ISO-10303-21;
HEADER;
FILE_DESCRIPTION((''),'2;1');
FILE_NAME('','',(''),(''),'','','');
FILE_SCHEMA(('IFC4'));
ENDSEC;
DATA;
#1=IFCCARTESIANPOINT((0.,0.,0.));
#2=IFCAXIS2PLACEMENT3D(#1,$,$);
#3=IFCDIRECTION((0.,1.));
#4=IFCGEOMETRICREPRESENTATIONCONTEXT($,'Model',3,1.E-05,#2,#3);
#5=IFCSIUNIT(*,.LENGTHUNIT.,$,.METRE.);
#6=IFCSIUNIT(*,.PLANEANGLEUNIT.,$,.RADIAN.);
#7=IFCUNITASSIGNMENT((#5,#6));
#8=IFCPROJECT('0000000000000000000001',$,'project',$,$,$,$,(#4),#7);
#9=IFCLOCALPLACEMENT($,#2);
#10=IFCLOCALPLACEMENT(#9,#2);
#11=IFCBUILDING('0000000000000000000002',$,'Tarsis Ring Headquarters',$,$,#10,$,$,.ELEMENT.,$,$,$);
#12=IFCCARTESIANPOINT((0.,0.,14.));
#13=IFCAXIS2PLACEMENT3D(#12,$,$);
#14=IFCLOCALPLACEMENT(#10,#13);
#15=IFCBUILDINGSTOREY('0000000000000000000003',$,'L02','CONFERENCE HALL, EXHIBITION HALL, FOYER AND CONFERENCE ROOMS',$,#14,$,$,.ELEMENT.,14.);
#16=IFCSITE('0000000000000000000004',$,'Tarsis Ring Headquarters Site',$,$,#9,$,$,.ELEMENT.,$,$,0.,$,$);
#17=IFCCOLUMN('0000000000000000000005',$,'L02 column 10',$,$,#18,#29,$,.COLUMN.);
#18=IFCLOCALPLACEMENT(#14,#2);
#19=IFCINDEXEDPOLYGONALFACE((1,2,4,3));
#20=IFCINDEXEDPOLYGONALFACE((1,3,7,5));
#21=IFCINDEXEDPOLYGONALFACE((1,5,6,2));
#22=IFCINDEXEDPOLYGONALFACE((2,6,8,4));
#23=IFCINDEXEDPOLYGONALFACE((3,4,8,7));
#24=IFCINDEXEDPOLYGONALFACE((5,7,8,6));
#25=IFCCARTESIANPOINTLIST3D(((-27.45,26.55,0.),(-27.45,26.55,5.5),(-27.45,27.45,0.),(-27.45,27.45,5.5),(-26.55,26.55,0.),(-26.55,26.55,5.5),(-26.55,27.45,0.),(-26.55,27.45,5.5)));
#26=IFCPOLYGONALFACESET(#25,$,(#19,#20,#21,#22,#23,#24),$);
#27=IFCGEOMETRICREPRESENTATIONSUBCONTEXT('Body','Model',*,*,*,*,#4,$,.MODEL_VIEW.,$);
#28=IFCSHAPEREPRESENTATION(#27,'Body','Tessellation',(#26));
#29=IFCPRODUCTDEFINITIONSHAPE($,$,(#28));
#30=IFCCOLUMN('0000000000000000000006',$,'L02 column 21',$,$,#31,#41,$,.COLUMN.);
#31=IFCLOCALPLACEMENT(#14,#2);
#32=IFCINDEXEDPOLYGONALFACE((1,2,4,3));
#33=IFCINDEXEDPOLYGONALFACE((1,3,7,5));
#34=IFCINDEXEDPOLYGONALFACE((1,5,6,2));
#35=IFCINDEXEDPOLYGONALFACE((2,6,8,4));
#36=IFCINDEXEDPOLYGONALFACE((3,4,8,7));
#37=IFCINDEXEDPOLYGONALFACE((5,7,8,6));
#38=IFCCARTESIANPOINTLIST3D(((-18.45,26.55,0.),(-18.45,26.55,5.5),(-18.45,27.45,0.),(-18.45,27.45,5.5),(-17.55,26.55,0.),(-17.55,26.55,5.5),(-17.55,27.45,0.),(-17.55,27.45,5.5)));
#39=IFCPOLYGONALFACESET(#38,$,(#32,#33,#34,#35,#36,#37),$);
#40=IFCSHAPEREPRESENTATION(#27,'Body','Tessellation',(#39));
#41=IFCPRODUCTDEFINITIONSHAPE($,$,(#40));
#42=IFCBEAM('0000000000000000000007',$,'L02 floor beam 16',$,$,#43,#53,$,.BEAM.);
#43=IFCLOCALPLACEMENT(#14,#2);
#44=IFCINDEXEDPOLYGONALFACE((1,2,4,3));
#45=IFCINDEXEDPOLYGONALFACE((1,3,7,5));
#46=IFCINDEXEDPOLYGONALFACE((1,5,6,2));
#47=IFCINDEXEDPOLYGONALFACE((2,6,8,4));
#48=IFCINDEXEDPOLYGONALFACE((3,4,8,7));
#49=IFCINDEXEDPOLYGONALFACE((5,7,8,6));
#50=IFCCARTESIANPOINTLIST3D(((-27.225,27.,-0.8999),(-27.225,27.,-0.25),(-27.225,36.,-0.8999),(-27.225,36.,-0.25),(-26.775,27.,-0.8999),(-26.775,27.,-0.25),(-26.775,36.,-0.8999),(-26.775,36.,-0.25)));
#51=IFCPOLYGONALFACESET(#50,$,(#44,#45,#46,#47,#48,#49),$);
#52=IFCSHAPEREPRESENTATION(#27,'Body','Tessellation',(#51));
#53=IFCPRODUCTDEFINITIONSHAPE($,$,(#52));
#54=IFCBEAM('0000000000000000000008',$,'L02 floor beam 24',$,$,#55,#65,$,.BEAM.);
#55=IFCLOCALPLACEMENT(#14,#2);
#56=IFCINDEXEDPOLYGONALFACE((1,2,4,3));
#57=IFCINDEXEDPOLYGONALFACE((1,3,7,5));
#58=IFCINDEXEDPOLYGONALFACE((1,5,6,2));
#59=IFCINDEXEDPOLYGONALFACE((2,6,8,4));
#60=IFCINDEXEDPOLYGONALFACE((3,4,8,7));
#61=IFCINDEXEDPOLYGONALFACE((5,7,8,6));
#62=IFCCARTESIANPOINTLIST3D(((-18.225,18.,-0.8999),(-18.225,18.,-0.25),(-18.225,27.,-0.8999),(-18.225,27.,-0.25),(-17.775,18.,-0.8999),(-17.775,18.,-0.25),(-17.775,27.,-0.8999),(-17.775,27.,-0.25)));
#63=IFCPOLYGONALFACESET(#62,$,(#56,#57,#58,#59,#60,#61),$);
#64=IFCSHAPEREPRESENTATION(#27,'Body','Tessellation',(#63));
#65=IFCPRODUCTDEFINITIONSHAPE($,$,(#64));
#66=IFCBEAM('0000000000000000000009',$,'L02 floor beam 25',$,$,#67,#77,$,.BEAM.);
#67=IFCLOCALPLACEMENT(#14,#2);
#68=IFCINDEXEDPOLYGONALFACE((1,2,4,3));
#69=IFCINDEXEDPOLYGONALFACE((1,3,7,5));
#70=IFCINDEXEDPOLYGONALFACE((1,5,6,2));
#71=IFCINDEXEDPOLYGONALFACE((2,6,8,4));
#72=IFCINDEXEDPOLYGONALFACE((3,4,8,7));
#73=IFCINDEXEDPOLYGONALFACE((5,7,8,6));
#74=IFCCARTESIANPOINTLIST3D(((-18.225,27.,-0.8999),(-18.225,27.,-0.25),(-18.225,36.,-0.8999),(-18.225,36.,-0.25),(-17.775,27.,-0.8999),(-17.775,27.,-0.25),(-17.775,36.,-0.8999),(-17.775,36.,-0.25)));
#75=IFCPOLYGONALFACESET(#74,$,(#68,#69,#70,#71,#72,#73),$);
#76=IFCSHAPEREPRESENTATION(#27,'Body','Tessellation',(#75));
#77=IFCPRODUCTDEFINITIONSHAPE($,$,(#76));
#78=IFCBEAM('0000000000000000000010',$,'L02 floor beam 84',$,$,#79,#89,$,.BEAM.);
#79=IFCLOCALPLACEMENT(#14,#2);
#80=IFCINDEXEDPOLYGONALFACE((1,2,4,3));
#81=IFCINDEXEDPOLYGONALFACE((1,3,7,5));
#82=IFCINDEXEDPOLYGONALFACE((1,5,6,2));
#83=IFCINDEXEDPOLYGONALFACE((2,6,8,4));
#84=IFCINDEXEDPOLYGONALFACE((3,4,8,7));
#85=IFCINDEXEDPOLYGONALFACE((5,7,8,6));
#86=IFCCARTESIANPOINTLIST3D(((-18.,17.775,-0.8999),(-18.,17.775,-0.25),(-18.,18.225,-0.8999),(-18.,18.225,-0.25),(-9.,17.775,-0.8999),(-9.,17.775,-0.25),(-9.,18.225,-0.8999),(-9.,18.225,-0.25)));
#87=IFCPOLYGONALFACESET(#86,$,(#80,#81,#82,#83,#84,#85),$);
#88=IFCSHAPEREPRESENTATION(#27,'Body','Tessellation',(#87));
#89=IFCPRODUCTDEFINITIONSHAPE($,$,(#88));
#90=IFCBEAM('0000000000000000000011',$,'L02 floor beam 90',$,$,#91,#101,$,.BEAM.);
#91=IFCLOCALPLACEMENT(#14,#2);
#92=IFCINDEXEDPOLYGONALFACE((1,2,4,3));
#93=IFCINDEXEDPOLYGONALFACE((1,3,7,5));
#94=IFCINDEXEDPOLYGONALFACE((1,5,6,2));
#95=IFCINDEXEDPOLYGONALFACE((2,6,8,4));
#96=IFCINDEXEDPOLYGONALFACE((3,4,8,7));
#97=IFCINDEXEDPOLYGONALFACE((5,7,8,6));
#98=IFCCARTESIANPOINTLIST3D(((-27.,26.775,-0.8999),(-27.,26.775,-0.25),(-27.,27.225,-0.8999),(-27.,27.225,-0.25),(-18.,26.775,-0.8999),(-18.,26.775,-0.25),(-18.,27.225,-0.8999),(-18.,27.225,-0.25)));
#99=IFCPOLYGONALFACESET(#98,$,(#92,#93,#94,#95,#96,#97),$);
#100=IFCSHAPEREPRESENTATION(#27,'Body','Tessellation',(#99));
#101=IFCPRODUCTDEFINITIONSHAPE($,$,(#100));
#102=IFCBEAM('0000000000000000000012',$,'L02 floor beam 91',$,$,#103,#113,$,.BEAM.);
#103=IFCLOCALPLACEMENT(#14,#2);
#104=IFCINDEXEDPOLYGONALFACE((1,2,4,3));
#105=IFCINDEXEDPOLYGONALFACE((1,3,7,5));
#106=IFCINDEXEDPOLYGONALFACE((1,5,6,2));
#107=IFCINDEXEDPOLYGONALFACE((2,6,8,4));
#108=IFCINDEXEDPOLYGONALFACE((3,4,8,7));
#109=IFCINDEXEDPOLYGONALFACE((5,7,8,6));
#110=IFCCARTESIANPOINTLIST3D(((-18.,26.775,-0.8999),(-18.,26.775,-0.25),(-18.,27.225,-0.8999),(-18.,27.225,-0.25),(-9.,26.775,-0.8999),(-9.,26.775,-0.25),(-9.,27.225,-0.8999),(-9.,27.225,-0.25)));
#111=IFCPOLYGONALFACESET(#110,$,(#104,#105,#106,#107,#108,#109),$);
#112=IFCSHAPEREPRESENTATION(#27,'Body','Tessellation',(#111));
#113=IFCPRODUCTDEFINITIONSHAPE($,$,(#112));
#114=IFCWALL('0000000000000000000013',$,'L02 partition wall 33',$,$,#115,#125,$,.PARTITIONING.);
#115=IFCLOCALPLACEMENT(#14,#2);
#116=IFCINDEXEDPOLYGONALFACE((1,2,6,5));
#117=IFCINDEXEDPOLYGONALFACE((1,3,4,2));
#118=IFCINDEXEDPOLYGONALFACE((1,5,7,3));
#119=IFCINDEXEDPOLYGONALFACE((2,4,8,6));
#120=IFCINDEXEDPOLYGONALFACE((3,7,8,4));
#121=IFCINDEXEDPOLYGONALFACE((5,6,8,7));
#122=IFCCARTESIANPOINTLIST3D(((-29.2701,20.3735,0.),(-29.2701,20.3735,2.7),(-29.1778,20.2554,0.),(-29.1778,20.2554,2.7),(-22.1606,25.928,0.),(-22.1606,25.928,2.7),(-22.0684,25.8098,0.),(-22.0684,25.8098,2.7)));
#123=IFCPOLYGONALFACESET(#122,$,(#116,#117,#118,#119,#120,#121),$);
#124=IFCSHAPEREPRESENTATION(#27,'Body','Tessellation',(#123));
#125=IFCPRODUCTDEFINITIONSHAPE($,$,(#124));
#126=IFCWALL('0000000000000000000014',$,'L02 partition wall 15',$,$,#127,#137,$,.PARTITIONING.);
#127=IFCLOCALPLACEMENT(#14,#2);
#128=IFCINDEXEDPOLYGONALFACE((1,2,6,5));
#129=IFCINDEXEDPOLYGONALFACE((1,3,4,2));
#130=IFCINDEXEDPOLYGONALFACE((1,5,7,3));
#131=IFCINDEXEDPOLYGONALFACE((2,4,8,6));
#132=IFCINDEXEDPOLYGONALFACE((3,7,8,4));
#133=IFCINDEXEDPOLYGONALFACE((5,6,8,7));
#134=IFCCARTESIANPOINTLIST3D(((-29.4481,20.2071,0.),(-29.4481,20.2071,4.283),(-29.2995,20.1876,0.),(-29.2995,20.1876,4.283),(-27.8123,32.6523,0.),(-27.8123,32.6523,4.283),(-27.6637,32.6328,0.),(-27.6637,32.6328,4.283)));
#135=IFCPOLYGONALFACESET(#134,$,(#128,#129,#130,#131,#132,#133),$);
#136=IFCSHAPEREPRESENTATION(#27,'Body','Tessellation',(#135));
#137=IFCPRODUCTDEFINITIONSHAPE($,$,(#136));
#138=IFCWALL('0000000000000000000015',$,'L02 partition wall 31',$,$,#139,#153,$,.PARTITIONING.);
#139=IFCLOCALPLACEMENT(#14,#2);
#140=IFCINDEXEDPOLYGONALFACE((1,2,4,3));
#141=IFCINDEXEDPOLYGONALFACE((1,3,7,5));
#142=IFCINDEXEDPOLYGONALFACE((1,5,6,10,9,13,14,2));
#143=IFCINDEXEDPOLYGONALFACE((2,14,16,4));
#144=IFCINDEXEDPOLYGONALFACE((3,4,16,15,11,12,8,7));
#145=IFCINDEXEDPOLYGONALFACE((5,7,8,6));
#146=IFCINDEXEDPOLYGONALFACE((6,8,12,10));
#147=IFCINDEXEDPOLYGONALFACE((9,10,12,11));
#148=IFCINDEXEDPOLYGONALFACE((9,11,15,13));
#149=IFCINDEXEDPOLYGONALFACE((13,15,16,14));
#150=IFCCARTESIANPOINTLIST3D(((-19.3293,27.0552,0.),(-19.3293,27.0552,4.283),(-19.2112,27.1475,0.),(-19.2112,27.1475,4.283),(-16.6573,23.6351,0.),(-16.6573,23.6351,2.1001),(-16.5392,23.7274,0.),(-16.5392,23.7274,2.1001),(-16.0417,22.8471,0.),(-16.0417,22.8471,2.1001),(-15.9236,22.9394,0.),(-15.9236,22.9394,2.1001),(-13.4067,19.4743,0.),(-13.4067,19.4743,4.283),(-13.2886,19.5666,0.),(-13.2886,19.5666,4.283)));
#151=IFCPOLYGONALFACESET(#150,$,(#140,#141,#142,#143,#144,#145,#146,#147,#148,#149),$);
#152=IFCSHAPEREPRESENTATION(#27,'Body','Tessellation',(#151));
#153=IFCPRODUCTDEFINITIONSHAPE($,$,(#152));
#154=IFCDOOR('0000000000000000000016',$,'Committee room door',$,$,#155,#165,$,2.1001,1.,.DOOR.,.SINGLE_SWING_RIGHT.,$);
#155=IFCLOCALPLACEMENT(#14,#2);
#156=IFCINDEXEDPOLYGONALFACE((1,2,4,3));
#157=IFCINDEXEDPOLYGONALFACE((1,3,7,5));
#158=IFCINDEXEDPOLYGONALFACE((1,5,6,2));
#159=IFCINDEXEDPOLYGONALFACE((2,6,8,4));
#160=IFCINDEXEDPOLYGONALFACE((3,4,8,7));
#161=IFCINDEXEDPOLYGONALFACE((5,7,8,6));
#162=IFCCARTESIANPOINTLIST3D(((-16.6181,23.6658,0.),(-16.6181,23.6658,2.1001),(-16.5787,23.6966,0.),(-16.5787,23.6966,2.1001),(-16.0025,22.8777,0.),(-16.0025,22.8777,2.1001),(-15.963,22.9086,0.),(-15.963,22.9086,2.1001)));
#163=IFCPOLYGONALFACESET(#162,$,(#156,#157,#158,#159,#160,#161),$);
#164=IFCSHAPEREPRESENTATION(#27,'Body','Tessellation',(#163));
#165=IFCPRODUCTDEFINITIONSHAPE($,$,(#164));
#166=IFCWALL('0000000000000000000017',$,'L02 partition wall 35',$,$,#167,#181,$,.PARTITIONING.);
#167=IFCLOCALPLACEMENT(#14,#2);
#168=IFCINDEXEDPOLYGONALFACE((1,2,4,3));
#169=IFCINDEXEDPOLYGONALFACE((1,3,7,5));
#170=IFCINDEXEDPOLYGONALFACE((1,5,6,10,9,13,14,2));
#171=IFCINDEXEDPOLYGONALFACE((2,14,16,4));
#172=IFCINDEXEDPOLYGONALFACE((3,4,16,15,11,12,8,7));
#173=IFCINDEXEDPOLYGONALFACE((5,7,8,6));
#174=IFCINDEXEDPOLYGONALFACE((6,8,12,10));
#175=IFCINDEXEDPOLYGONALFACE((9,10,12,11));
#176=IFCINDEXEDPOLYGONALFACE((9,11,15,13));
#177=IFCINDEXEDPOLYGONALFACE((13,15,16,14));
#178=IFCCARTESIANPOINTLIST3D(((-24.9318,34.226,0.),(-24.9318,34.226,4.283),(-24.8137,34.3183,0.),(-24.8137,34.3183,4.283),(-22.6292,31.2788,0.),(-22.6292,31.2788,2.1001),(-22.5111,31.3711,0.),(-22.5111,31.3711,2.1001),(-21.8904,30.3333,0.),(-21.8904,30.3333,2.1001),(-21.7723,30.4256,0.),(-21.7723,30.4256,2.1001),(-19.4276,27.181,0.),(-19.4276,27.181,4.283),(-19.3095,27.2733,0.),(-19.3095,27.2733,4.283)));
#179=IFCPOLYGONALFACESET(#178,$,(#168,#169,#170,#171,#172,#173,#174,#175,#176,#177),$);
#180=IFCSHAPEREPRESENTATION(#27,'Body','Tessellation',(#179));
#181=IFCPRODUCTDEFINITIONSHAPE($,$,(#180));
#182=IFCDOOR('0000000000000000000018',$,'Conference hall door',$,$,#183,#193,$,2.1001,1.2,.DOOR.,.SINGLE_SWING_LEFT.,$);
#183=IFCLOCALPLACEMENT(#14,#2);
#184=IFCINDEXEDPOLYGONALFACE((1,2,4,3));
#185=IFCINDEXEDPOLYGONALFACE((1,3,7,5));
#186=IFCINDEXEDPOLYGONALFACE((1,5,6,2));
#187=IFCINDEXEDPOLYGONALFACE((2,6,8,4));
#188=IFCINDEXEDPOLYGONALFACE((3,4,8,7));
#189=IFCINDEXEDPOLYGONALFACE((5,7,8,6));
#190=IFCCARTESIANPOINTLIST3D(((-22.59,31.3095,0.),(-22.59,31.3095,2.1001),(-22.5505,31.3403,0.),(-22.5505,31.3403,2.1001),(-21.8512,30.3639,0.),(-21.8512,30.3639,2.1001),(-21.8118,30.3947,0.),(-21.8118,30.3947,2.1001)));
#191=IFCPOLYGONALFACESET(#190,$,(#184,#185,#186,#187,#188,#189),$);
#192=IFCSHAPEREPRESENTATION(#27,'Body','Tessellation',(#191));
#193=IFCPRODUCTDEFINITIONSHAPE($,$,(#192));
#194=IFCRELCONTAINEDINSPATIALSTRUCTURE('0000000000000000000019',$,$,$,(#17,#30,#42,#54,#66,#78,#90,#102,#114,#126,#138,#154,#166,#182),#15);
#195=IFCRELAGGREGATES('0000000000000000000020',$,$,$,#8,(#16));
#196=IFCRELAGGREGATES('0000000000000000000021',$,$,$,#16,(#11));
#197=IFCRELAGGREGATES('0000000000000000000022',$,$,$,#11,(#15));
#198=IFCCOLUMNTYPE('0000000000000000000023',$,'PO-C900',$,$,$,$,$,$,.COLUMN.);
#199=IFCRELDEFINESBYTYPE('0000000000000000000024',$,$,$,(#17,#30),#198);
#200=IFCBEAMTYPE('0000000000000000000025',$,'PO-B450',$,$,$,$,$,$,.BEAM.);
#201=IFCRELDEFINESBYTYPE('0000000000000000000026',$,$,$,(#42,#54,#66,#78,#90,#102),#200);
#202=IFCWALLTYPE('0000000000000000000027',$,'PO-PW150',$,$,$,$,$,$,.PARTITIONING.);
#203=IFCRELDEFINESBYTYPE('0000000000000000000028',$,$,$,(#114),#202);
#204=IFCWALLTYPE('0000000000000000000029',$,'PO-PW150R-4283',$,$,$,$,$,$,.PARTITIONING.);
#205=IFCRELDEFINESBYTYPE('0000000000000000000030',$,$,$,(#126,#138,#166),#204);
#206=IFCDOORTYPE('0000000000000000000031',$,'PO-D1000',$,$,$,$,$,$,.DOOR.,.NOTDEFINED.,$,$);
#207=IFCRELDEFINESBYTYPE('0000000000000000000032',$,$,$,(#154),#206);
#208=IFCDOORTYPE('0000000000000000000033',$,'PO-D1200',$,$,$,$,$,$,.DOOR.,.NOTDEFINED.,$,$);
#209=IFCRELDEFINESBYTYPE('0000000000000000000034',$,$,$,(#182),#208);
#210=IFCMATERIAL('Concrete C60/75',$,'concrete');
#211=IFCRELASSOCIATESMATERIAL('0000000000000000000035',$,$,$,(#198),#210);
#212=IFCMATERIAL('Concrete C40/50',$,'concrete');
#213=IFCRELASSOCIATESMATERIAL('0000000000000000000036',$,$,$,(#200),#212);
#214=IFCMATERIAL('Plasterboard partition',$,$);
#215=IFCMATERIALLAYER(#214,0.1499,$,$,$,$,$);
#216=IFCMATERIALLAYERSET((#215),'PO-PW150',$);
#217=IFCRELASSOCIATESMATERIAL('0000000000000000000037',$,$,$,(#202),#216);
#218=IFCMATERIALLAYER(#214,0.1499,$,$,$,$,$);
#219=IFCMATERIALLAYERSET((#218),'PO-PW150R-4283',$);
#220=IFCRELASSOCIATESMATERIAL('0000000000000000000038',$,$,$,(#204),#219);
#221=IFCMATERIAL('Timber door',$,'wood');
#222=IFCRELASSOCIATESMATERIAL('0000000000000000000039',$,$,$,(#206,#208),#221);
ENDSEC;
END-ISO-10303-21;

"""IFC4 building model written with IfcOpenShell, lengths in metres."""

from ifc_helpers import new_model, si_unit, direction, frame, frame_2d, origin, origin_2d, place, context, subcontext, project, spatial, rectangle, extrude, material, layer, layer_set, material_profile, profile_set, type_object, element, fill, save


model = new_model("IFC4")

# Units and contexts
model_context = context("Model", 3, precision=1e-05, world=origin(), true_north=direction((0.0, 1.0)))
body_context = subcontext(model_context, "Body", "Model", "MODEL_VIEW")
ifc_project = project(units=[si_unit("LENGTHUNIT", "METRE"), si_unit("PLANEANGLEUNIT", "RADIAN")], contexts=[model_context])

# Site, building, storey
site_placement = place(None, origin())
site = spatial("IfcSite", under=ifc_project, at=site_placement, Name="Tarsis Ring Headquarters Site", CompositionType="ELEMENT", RefElevation=0.0)
building_placement = place(site_placement, origin())
building = spatial("IfcBuilding", under=site, at=building_placement, Name="Tarsis Ring Headquarters", CompositionType="ELEMENT")
storey_placement = place(building_placement, frame((0.0, 0.0, 14.0)))
storey = spatial("IfcBuildingStorey", under=building, at=storey_placement, Name="L02", Description="CONFERENCE HALL, EXHIBITION HALL, FOYER AND CONFERENCE ROOMS", CompositionType="ELEMENT", Elevation=14.0)

# Columns
ifc_material_1 = material(Name="Concrete C60/75", Category="concrete")
ifc_material_profile_1 = material_profile(ifc_material_1, rectangle(XDim=0.8999, YDim=0.8999, at=origin_2d()), Name="PO-C900")
ifc_profile_set_1 = profile_set([ifc_material_profile_1], Name="Concrete C60/75")
column_type = type_object("IfcColumnType", Name="PO-C900", PredefinedType="COLUMN", material=ifc_profile_set_1)
for number, where, z_axis, x_axis, name in (
    (1, (-27.0, 27.0, 0.0), (0.0, 0.0, 1.0), (1.0, 0.0, 0.0), "L02 column 10"),
    (2, (-18.0, 27.0, 0.0), (0.0, 0.0, 1.0), (1.0, 0.0, 0.0), "L02 column 21"),
):
    element("IfcColumn", number, at=place(storey_placement, frame(where, z_axis=z_axis, x_axis=x_axis)), inside=storey, type_object=column_type, Name=name, PredefinedType="COLUMN", context=body_context, shape_type="SweptSolid", body=[
        extrude(rectangle(XDim=0.8999, YDim=0.8999, at=origin_2d()), origin(), (0.0, 0.0, 1.0), 5.5),
    ])

# Beams
ifc_material_2 = material(Name="Concrete C40/50", Category="concrete")
ifc_material_profile_2 = material_profile(ifc_material_2, rectangle(XDim=0.45, YDim=0.6499, at=origin_2d()), Name="PO-B450")
ifc_profile_set_2 = profile_set([ifc_material_profile_2], Name="Concrete C40/50")
beam_type = type_object("IfcBeamType", Name="PO-B450", PredefinedType="BEAM", material=ifc_profile_set_2)
for number, where, z_axis, x_axis, name in (
    (3, (-27.0, 27.0, -0.575), (0.0, 1.0, 0.0), (-1.0, 0.0, 0.0), "L02 floor beam 16"),
    (4, (-18.0, 18.0, -0.575), (0.0, 1.0, 0.0), (-1.0, 0.0, 0.0), "L02 floor beam 24"),
    (5, (-18.0, 27.0, -0.575), (0.0, 1.0, 0.0), (-1.0, 0.0, 0.0), "L02 floor beam 25"),
    (6, (-18.0, 18.0, -0.575), (1.0, 0.0, 0.0), (0.0, 1.0, 0.0), "L02 floor beam 84"),
    (7, (-27.0, 27.0, -0.575), (1.0, 0.0, 0.0), (0.0, 1.0, 0.0), "L02 floor beam 90"),
    (8, (-18.0, 27.0, -0.575), (1.0, 0.0, 0.0), (0.0, 1.0, 0.0), "L02 floor beam 91"),
):
    element("IfcBeam", number, at=place(storey_placement, frame(where, z_axis=z_axis, x_axis=x_axis)), inside=storey, type_object=beam_type, Name=name, PredefinedType="BEAM", context=body_context, shape_type="SweptSolid", body=[
        extrude(rectangle(XDim=0.45, YDim=0.6499, at=origin_2d()), origin(), (0.0, 0.0, 1.0), 9.0),
    ])

# Walls
ifc_material_3 = material(Name="Plasterboard partition")
ifc_layer_1 = layer(ifc_material_3, 0.1499)
ifc_layer_set_1 = layer_set([ifc_layer_1], Name="PO-PW150")
wall_type_1 = type_object("IfcWallType", Name="PO-PW150", PredefinedType="PARTITIONING", material=ifc_layer_set_1)
wall_1_placement = place(storey_placement, frame((-22.1145, 25.8689, 0.0), z_axis=(0.0, 0.0, 1.0), x_axis=(-0.788011, -0.615661, 0.0)))
element("IfcWall", 9, at=wall_1_placement, inside=storey, type_object=wall_type_1, Name="L02 partition wall 33", PredefinedType="PARTITIONING", context=body_context, shape_type="SweptSolid", body=[
    extrude(rectangle(XDim=9.022, YDim=0.1499, at=frame_2d((4.511, 0.0))), origin(), (0.0, 0.0, 1.0), 2.7),
])
ifc_layer_2 = layer(ifc_material_3, 0.1499)
ifc_layer_set_2 = layer_set([ifc_layer_2], Name="PO-PW150R-4283")
wall_type_2 = type_object("IfcWallType", Name="PO-PW150R-4283", PredefinedType="PARTITIONING", material=ifc_layer_set_2)
wall_2_placement = place(storey_placement, frame((-27.738, 32.6426, 0.0), z_axis=(0.0, 0.0, 1.0), x_axis=(-0.130314, -0.991473, 0.0)))
element("IfcWall", 10, at=wall_2_placement, inside=storey, type_object=wall_type_2, Name="L02 partition wall 15", PredefinedType="PARTITIONING", context=body_context, shape_type="SweptSolid", body=[
    extrude(rectangle(XDim=12.5522, YDim=0.1499, at=frame_2d((6.2761, 0.0))), origin(), (0.0, 0.0, 1.0), 4.283),
])

# Walls, openings, doors
wall_3_placement = place(storey_placement, frame((-19.2703, 27.1013, 0.0), z_axis=(0.0, 0.0, 1.0), x_axis=(0.61565, -0.788019, 0.0)))
wall_3 = element("IfcWall", 11, at=wall_3_placement, inside=storey, type_object=wall_type_2, Name="L02 partition wall 31", PredefinedType="PARTITIONING", context=body_context, shape_type="SweptSolid", body=[
    extrude(rectangle(XDim=9.6201, YDim=0.1499, at=frame_2d((4.8101, 0.0))), origin(), (0.0, 0.0, 1.0), 4.283),
])
opening_1_placement = place(wall_3_placement, frame((4.3401, 0.0, 0.0)))
opening_1 = element("IfcOpeningElement", 12, at=opening_1_placement, cuts=wall_3, PredefinedType="OPENING", context=body_context, shape_type="SweptSolid", body=[
    extrude(rectangle(XDim=1.0, YDim=2.1001, at=frame_2d((0.5, 1.05))), frame((0.0, 0.085, 0.0), z_axis=(0.0, -1.0, 0.0), x_axis=(1.0, 0.0, 0.0)), (0.0, 0.0, 1.0), 0.1699),
])
ifc_material_4 = material(Name="Timber door", Category="wood")
door_type_1 = type_object("IfcDoorType", Name="PO-D1000", OperationType="NOTDEFINED", PredefinedType="DOOR", material=ifc_material_4)
door_1_placement = place(opening_1_placement, origin())
door_1 = element("IfcDoor", 13, at=door_1_placement, inside=storey, type_object=door_type_1, Name="Committee room door", OperationType="SINGLE_SWING_RIGHT", OverallHeight=2.1001, OverallWidth=1.0, PredefinedType="DOOR", context=body_context, shape_type="SweptSolid", body=[
    extrude(rectangle(XDim=1.0, YDim=2.1001, at=frame_2d((0.5, 1.05))), frame((0.0, 0.0249, 0.0), z_axis=(0.0, -1.0, 0.0), x_axis=(1.0, 0.0, 0.0)), (0.0, 0.0, 1.0), 0.05),
])
fill(opening_1, door_1)
wall_4_placement = place(storey_placement, frame((-24.8728, 34.2722, 0.0), z_axis=(0.0, 0.0, 1.0), x_axis=(0.615665, -0.788008, 0.0)))
wall_4 = element("IfcWall", 14, at=wall_4_placement, inside=storey, type_object=wall_type_2, Name="L02 partition wall 35", PredefinedType="PARTITIONING", context=body_context, shape_type="SweptSolid", body=[
    extrude(rectangle(XDim=8.9402, YDim=0.1499, at=frame_2d((4.4702, 0.0))), origin(), (0.0, 0.0, 1.0), 4.283),
])
opening_2_placement = place(wall_4_placement, frame((3.74, 0.0, 0.0)))
opening_2 = element("IfcOpeningElement", 15, at=opening_2_placement, cuts=wall_4, PredefinedType="OPENING", context=body_context, shape_type="SweptSolid", body=[
    extrude(rectangle(XDim=1.2, YDim=2.1001, at=frame_2d((0.6001, 1.05))), frame((0.0, 0.085, 0.0), z_axis=(0.0, -1.0, 0.0), x_axis=(1.0, 0.0, 0.0)), (0.0, 0.0, 1.0), 0.1699),
])
door_type_2 = type_object("IfcDoorType", Name="PO-D1200", OperationType="NOTDEFINED", PredefinedType="DOOR", material=ifc_material_4)
door_2_placement = place(opening_2_placement, origin())
door_2 = element("IfcDoor", 16, at=door_2_placement, inside=storey, type_object=door_type_2, Name="Conference hall door", OperationType="SINGLE_SWING_LEFT", OverallHeight=2.1001, OverallWidth=1.2, PredefinedType="DOOR", context=body_context, shape_type="SweptSolid", body=[
    extrude(rectangle(XDim=1.2, YDim=2.1001, at=frame_2d((0.6001, 1.05))), frame((0.0, 0.0249, 0.0), z_axis=(0.0, -1.0, 0.0), x_axis=(1.0, 0.0, 0.0)), (0.0, 0.0, 1.0), 0.05),
])
fill(opening_2, door_2)

save(model, "model.ifc")
